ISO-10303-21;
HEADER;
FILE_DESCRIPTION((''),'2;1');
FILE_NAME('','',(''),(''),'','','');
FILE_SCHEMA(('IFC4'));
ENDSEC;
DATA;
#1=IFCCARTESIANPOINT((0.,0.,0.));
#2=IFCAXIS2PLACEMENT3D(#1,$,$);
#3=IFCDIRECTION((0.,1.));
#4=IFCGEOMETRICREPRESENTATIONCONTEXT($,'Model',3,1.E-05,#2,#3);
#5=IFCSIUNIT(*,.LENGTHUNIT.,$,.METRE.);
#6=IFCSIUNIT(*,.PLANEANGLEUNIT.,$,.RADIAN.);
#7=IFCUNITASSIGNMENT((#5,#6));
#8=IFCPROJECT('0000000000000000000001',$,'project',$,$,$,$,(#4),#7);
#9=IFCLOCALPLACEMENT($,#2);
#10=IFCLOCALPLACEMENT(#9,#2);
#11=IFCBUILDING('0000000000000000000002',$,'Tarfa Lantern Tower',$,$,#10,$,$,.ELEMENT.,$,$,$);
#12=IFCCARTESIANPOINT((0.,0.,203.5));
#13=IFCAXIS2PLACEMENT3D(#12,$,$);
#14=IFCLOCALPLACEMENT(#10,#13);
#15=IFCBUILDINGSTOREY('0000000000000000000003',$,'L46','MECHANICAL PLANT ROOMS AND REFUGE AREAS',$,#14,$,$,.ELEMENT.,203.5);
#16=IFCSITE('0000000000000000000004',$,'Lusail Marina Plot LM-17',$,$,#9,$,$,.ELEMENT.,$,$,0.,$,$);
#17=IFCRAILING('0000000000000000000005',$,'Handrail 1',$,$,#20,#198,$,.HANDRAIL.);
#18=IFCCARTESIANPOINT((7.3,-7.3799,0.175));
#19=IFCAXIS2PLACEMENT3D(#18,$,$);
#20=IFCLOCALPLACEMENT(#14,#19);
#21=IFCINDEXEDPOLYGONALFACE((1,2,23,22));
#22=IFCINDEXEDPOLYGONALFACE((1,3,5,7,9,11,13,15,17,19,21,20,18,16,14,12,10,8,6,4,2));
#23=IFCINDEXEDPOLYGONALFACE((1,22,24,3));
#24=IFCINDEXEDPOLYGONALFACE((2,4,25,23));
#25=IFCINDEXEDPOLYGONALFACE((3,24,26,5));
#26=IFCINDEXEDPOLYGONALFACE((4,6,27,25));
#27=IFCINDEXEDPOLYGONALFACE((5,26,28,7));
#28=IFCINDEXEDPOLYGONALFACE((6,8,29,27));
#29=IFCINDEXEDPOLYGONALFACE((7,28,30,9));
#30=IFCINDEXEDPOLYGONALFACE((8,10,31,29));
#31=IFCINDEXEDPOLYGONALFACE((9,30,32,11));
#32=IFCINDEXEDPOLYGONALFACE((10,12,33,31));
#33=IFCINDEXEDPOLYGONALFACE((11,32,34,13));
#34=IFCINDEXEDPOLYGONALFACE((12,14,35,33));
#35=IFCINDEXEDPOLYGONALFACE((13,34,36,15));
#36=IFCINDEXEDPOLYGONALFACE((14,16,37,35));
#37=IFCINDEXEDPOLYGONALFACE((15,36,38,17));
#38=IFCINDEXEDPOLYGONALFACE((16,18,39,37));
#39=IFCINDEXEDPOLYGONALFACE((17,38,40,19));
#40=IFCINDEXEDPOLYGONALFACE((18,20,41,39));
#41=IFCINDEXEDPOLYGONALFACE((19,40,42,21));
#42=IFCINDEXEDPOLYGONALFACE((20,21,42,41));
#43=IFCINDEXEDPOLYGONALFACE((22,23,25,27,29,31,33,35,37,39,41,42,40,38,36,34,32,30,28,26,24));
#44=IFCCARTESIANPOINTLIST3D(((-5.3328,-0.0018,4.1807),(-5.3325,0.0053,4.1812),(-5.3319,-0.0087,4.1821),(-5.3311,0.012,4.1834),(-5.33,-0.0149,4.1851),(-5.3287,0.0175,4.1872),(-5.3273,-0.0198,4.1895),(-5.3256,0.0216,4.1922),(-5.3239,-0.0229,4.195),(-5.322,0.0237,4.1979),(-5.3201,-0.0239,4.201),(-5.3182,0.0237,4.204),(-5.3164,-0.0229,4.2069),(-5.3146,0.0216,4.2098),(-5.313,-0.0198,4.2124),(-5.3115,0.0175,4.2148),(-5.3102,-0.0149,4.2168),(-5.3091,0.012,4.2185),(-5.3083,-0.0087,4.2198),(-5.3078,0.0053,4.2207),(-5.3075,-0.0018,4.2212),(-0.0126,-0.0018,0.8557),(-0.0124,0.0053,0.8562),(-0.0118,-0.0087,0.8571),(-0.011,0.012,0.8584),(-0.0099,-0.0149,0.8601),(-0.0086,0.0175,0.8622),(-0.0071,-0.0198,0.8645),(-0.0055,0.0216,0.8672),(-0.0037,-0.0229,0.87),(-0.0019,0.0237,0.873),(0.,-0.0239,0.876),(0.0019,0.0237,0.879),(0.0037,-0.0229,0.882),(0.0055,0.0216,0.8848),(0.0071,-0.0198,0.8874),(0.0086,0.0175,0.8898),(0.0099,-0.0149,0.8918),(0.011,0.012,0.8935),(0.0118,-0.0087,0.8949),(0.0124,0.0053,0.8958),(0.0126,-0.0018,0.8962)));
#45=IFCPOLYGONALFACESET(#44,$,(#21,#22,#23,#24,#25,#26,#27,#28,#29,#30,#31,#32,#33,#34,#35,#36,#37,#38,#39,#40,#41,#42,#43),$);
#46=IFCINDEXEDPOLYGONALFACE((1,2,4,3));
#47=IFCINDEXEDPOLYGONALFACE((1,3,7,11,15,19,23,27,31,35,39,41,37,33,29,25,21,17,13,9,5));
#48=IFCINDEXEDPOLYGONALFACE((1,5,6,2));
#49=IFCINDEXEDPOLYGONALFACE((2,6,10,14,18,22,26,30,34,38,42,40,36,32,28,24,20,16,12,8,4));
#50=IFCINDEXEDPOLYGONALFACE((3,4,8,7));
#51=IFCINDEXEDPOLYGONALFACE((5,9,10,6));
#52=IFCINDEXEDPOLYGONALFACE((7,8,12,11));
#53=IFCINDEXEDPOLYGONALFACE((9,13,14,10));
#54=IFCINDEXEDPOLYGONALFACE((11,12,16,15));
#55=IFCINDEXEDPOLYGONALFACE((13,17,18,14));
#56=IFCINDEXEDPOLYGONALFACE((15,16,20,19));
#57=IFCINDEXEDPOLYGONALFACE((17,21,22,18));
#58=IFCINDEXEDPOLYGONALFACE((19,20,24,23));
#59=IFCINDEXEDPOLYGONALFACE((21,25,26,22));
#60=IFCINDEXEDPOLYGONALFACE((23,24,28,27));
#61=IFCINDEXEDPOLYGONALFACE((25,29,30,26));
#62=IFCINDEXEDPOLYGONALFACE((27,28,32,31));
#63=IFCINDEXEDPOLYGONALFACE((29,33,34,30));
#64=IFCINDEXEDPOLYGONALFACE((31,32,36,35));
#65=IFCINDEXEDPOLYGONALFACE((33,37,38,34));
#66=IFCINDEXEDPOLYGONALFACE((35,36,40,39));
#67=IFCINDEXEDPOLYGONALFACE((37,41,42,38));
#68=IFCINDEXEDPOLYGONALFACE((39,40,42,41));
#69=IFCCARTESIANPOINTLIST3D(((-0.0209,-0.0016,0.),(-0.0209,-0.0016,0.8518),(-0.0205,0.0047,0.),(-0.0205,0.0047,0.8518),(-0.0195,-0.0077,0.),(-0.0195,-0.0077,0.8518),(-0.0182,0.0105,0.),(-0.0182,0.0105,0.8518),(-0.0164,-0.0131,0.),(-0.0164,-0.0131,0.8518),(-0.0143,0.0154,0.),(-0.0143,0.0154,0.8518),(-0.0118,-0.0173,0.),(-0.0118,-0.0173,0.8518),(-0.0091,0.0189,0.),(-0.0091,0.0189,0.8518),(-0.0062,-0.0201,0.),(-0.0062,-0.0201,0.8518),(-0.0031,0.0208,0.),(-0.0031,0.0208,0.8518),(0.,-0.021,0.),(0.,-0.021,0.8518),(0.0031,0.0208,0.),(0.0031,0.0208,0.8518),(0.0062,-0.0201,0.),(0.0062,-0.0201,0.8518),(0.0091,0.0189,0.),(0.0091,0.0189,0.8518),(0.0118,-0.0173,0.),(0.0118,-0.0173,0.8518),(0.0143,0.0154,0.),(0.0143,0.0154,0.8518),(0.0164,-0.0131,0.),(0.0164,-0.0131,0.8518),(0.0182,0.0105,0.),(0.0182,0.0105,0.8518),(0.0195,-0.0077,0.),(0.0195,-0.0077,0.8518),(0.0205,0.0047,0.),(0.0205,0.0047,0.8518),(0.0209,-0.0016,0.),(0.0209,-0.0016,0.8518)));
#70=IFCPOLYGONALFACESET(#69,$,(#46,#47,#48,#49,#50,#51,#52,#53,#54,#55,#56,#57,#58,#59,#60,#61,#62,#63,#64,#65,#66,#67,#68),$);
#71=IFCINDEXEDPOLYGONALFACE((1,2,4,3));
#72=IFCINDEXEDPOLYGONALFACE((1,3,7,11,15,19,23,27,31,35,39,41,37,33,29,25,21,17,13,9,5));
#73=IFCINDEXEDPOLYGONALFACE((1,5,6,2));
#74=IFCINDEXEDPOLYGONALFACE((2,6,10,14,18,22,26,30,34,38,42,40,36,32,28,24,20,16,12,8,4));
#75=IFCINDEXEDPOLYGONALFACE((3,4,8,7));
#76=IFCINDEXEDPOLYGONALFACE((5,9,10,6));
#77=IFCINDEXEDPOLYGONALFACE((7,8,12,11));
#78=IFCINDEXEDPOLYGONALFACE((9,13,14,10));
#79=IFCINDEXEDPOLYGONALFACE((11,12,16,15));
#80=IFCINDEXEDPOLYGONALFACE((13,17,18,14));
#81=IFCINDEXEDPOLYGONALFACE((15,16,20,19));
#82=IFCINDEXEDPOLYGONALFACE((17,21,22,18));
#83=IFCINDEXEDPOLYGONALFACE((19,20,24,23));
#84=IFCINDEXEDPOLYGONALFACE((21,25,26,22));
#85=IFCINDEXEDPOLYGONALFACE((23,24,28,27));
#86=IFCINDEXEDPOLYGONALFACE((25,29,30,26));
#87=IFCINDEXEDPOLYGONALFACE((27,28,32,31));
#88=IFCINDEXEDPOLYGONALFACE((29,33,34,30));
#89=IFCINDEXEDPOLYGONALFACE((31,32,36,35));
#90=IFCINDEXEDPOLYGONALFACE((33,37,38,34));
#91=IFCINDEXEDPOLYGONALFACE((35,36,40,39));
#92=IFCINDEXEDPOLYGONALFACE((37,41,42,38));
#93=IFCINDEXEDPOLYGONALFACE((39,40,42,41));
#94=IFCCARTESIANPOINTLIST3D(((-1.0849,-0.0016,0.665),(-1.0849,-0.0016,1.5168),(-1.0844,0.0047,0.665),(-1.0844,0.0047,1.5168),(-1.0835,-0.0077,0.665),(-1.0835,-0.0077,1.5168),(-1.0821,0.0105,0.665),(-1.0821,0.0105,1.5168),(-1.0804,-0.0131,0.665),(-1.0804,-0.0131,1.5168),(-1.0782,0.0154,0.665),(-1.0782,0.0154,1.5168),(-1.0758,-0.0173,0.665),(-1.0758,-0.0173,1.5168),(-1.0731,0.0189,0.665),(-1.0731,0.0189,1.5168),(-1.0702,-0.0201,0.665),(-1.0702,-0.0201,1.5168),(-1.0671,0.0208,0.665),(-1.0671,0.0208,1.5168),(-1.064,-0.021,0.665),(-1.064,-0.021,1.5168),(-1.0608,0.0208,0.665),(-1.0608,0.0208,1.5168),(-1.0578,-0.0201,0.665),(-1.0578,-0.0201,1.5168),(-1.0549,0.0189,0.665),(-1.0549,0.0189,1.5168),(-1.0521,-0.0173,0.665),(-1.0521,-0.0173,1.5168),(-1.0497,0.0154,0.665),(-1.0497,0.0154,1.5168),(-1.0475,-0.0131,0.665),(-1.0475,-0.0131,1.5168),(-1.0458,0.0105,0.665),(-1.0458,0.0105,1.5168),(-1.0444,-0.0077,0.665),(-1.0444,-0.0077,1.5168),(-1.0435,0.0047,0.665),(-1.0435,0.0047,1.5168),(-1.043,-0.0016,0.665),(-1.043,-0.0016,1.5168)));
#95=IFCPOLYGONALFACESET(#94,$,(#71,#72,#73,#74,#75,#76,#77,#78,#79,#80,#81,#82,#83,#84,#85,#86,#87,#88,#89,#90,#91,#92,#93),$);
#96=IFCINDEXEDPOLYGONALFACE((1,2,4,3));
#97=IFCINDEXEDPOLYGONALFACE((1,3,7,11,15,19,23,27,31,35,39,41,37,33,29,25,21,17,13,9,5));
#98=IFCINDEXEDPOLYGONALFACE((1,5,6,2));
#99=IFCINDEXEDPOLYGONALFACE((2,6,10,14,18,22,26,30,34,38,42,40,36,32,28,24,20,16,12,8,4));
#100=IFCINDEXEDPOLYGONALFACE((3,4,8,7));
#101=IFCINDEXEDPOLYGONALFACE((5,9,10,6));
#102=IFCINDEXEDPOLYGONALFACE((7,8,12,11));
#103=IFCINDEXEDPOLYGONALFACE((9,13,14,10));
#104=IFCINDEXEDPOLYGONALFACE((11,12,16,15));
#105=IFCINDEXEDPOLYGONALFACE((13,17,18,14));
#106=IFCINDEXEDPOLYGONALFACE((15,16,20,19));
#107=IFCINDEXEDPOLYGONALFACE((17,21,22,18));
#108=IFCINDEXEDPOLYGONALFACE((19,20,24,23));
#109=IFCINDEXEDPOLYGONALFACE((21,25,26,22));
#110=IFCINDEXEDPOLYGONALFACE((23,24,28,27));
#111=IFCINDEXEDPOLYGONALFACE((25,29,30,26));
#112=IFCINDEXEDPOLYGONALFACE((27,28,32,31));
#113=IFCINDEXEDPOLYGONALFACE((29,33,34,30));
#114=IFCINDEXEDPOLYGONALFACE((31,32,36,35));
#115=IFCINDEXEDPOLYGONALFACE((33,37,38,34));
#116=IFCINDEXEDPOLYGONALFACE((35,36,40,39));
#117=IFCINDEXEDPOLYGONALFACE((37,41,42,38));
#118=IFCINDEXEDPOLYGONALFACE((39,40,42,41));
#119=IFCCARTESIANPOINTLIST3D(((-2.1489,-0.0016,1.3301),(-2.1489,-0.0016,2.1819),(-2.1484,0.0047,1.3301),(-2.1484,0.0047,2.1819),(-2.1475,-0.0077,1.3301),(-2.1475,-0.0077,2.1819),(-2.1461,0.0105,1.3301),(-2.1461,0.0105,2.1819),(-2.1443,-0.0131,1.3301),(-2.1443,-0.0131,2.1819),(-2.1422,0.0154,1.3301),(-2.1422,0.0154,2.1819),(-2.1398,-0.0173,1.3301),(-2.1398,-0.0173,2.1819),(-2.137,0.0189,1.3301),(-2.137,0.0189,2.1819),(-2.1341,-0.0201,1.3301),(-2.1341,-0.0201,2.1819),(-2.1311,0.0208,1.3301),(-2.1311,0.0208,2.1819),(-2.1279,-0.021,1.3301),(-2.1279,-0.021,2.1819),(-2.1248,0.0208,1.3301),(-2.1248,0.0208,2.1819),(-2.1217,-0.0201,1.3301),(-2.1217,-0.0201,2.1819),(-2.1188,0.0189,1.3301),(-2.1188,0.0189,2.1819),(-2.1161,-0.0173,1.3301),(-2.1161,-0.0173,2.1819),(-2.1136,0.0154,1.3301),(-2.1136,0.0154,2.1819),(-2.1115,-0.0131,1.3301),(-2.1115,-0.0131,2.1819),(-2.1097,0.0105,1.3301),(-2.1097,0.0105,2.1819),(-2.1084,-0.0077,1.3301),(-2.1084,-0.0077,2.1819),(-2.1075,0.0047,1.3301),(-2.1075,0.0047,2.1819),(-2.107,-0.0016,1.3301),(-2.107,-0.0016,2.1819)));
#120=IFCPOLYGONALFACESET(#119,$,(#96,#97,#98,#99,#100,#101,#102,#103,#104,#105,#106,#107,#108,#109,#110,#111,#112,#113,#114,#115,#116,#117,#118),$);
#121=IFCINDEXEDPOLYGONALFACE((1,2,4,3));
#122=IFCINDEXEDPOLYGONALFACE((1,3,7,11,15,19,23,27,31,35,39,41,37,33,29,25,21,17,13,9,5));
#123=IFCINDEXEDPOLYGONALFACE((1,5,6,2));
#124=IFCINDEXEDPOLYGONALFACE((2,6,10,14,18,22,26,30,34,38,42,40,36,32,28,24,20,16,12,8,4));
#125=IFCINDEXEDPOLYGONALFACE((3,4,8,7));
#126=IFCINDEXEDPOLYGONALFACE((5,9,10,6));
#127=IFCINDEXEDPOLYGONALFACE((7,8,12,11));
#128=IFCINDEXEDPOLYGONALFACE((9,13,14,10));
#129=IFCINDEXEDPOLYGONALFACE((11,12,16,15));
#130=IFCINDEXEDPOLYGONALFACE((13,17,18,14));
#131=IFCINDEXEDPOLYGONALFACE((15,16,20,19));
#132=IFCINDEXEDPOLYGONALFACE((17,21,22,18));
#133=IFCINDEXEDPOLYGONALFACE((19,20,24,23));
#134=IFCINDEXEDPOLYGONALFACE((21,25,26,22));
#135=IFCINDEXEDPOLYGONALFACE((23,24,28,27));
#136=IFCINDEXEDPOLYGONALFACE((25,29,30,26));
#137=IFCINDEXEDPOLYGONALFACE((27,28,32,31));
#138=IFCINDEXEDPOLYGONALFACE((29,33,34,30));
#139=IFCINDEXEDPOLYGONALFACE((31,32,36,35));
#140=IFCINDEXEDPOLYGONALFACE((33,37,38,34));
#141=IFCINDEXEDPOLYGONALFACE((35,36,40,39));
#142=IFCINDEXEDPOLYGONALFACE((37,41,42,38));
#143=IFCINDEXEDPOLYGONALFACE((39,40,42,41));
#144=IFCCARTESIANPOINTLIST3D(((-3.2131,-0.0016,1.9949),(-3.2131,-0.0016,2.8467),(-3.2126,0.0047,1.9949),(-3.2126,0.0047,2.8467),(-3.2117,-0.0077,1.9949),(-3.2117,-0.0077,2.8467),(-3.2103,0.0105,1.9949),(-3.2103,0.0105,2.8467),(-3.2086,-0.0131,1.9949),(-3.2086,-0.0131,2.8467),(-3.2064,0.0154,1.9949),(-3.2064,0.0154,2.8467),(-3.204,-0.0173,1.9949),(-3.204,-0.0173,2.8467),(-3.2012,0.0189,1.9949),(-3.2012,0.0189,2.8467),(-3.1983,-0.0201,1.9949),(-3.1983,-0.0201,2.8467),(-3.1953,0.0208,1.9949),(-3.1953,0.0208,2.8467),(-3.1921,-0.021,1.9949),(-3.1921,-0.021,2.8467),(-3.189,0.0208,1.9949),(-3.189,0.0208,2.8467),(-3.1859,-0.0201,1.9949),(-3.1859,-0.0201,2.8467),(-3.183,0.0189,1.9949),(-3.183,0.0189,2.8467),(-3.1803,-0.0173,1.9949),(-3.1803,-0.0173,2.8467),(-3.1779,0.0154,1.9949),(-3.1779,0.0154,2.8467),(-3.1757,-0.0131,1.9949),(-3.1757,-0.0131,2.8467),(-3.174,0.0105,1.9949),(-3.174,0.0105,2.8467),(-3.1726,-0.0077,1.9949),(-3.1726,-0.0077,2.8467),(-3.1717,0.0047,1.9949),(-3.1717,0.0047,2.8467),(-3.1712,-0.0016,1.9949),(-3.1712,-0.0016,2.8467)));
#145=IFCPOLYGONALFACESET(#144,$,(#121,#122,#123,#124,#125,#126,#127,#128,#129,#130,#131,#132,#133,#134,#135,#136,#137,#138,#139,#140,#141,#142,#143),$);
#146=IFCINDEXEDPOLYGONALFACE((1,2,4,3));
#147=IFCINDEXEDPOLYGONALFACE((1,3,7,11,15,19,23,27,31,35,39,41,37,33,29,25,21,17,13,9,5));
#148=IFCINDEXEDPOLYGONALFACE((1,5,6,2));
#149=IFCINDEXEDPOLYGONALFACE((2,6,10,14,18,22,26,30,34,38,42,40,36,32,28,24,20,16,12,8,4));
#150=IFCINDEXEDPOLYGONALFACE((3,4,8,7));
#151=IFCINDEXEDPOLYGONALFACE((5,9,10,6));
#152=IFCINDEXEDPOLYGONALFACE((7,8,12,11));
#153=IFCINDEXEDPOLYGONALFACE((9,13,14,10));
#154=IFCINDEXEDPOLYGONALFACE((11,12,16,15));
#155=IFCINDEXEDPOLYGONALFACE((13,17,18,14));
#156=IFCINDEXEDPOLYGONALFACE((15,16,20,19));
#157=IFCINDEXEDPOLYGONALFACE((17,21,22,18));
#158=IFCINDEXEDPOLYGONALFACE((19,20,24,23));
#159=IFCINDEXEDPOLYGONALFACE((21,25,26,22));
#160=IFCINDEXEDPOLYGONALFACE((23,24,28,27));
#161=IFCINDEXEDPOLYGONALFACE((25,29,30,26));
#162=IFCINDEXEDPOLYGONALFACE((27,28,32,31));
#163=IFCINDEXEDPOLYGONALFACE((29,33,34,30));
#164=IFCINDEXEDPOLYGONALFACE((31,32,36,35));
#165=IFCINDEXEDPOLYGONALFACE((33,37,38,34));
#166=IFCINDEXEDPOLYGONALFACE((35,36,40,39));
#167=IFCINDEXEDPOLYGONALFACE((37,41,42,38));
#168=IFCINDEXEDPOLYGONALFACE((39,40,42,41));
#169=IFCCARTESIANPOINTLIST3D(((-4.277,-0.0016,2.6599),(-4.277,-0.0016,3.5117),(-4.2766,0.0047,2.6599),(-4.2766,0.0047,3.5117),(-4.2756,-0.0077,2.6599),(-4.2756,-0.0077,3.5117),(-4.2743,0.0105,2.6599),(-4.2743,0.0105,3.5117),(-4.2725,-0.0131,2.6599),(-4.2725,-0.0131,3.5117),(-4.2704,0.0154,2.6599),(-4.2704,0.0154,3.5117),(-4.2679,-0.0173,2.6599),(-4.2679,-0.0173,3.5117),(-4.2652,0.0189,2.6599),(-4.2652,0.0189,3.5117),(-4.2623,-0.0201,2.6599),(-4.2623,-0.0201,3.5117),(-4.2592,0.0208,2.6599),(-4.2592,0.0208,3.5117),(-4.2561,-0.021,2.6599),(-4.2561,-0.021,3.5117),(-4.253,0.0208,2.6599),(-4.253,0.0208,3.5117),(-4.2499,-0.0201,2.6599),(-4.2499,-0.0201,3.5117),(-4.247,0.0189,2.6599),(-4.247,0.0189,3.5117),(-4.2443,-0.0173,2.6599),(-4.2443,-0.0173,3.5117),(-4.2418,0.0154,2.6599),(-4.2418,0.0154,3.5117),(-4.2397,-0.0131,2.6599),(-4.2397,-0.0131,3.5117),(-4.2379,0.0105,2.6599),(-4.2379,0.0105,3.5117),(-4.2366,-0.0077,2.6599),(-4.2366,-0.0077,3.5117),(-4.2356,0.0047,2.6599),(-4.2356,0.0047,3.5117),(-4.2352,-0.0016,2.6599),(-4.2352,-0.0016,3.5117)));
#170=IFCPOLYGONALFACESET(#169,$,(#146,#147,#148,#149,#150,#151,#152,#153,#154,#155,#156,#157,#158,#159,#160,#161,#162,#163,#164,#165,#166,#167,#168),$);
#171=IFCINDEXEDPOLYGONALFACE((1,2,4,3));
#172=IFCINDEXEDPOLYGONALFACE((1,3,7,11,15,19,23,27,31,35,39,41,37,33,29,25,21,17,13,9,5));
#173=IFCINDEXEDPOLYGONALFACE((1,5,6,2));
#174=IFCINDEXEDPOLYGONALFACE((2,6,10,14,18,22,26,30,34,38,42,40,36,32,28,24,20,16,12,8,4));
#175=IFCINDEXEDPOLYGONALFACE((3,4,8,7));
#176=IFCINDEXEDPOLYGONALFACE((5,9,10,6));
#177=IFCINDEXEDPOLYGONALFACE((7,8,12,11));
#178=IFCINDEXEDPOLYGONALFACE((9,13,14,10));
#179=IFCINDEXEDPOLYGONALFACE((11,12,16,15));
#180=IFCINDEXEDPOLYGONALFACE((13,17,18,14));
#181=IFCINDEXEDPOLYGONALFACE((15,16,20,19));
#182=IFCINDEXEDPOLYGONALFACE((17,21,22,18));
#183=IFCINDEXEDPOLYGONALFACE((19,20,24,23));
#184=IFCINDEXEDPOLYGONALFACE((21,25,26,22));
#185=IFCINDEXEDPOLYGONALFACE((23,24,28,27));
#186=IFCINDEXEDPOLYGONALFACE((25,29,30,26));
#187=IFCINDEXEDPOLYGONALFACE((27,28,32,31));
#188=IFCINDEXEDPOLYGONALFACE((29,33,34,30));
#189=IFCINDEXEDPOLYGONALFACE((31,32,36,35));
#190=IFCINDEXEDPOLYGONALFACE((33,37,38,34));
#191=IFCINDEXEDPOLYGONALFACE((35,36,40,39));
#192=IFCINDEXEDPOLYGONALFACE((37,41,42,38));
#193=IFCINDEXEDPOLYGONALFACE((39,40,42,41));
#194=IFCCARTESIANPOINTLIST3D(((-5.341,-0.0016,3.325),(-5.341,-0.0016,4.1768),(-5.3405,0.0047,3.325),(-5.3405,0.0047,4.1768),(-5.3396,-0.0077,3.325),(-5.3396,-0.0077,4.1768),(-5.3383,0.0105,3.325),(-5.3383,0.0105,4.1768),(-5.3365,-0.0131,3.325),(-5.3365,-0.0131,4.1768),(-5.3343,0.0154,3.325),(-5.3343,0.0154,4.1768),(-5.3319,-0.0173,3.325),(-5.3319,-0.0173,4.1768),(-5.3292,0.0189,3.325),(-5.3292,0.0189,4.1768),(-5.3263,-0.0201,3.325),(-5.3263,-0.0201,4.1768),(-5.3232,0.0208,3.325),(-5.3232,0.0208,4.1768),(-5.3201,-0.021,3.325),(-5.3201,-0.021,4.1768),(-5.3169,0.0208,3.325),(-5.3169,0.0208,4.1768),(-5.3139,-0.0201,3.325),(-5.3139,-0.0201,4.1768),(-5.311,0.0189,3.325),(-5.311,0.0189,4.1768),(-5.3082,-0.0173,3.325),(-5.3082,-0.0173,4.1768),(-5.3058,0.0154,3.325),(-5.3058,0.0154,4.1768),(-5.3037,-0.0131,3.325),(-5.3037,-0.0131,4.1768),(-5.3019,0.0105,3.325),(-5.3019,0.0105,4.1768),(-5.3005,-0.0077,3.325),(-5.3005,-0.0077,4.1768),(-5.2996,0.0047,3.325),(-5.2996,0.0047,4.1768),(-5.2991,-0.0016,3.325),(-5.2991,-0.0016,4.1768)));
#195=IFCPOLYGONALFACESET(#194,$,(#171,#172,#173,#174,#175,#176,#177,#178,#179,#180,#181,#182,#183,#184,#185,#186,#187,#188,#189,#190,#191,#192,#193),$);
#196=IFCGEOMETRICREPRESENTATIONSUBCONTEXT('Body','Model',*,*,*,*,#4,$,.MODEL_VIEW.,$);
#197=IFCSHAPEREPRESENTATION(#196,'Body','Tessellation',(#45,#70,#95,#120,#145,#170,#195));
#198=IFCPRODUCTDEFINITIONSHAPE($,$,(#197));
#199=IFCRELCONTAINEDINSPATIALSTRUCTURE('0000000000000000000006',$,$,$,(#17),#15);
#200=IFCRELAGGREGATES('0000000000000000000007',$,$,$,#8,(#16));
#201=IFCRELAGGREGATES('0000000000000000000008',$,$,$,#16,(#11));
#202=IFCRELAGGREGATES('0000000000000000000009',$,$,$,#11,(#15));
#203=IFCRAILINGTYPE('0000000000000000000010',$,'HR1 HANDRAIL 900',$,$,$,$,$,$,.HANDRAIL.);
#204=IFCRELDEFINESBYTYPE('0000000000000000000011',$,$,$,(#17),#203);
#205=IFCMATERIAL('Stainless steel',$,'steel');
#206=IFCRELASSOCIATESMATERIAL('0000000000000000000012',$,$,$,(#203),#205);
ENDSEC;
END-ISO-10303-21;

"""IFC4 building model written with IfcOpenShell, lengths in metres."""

from ifc_helpers import new_model, si_unit, direction, frame, origin, origin_2d, place, context, subcontext, project, spatial, circle, extrude, material, type_object, element, save


model = new_model("IFC4")

# Units and contexts
model_context = context("Model", 3, precision=1e-05, world=origin(), true_north=direction((0.0, 1.0)))
body_context = subcontext(model_context, "Body", "Model", "MODEL_VIEW")
ifc_project = project(units=[si_unit("LENGTHUNIT", "METRE"), si_unit("PLANEANGLEUNIT", "RADIAN")], contexts=[model_context])

# Site, building, storey
site_placement = place(None, origin())
site = spatial("IfcSite", under=ifc_project, at=site_placement, Name="Lusail Marina Plot LM-17", CompositionType="ELEMENT", RefElevation=0.0)
building_placement = place(site_placement, origin())
building = spatial("IfcBuilding", under=site, at=building_placement, Name="Tarfa Lantern Tower", CompositionType="ELEMENT")
storey_placement = place(building_placement, frame((0.0, 0.0, 203.5)))
storey = spatial("IfcBuildingStorey", under=building, at=storey_placement, Name="L46", Description="MECHANICAL PLANT ROOMS AND REFUGE AREAS", CompositionType="ELEMENT", Elevation=203.5)

# Railing
ifc_material_1 = material(Name="Stainless steel", Category="steel")
railing_type = type_object("IfcRailingType", Name="HR1 HANDRAIL 900", PredefinedType="HANDRAIL", material=ifc_material_1)
railing_placement = place(storey_placement, frame((7.3, -7.3799, 0.175)))
element("IfcRailing", 1, at=railing_placement, inside=storey, type_object=railing_type, Name="Handrail 1", PredefinedType="HANDRAIL", context=body_context, shape_type="SweptSolid", body=[
    extrude(circle(Radius=0.0239, at=origin_2d()), frame((0.0, 0.0, 0.876), z_axis=(-0.848005, 0.0, 0.529988), x_axis=(0.0, -1.0, 0.0)), (0.0, 0.0, 1.0), 6.2737),
    extrude(circle(Radius=0.021, at=origin_2d()), frame((0.0, 0.0, 0.0), z_axis=(0.0, 0.0, 1.0), x_axis=(0.0, -1.0, 0.0)), (0.0, 0.0, 1.0), 0.8518),
    extrude(circle(Radius=0.021, at=origin_2d()), frame((-1.064, 0.0, 0.665), z_axis=(0.0, 0.0, 1.0), x_axis=(0.0, -1.0, 0.0)), (0.0, 0.0, 1.0), 0.8518),
    extrude(circle(Radius=0.021, at=origin_2d()), frame((-2.1279, 0.0, 1.3301), z_axis=(0.0, 0.0, 1.0), x_axis=(0.0, -1.0, 0.0)), (0.0, 0.0, 1.0), 0.8518),
    extrude(circle(Radius=0.021, at=origin_2d()), frame((-3.1921, 0.0, 1.9949), z_axis=(0.0, 0.0, 1.0), x_axis=(0.0, -1.0, 0.0)), (0.0, 0.0, 1.0), 0.8518),
    extrude(circle(Radius=0.021, at=origin_2d()), frame((-4.2561, 0.0, 2.6599), z_axis=(0.0, 0.0, 1.0), x_axis=(0.0, -1.0, 0.0)), (0.0, 0.0, 1.0), 0.8518),
    extrude(circle(Radius=0.021, at=origin_2d()), frame((-5.3201, 0.0, 3.325), z_axis=(0.0, 0.0, 1.0), x_axis=(0.0, -1.0, 0.0)), (0.0, 0.0, 1.0), 0.8518),
])

save(model, "model.ifc")
